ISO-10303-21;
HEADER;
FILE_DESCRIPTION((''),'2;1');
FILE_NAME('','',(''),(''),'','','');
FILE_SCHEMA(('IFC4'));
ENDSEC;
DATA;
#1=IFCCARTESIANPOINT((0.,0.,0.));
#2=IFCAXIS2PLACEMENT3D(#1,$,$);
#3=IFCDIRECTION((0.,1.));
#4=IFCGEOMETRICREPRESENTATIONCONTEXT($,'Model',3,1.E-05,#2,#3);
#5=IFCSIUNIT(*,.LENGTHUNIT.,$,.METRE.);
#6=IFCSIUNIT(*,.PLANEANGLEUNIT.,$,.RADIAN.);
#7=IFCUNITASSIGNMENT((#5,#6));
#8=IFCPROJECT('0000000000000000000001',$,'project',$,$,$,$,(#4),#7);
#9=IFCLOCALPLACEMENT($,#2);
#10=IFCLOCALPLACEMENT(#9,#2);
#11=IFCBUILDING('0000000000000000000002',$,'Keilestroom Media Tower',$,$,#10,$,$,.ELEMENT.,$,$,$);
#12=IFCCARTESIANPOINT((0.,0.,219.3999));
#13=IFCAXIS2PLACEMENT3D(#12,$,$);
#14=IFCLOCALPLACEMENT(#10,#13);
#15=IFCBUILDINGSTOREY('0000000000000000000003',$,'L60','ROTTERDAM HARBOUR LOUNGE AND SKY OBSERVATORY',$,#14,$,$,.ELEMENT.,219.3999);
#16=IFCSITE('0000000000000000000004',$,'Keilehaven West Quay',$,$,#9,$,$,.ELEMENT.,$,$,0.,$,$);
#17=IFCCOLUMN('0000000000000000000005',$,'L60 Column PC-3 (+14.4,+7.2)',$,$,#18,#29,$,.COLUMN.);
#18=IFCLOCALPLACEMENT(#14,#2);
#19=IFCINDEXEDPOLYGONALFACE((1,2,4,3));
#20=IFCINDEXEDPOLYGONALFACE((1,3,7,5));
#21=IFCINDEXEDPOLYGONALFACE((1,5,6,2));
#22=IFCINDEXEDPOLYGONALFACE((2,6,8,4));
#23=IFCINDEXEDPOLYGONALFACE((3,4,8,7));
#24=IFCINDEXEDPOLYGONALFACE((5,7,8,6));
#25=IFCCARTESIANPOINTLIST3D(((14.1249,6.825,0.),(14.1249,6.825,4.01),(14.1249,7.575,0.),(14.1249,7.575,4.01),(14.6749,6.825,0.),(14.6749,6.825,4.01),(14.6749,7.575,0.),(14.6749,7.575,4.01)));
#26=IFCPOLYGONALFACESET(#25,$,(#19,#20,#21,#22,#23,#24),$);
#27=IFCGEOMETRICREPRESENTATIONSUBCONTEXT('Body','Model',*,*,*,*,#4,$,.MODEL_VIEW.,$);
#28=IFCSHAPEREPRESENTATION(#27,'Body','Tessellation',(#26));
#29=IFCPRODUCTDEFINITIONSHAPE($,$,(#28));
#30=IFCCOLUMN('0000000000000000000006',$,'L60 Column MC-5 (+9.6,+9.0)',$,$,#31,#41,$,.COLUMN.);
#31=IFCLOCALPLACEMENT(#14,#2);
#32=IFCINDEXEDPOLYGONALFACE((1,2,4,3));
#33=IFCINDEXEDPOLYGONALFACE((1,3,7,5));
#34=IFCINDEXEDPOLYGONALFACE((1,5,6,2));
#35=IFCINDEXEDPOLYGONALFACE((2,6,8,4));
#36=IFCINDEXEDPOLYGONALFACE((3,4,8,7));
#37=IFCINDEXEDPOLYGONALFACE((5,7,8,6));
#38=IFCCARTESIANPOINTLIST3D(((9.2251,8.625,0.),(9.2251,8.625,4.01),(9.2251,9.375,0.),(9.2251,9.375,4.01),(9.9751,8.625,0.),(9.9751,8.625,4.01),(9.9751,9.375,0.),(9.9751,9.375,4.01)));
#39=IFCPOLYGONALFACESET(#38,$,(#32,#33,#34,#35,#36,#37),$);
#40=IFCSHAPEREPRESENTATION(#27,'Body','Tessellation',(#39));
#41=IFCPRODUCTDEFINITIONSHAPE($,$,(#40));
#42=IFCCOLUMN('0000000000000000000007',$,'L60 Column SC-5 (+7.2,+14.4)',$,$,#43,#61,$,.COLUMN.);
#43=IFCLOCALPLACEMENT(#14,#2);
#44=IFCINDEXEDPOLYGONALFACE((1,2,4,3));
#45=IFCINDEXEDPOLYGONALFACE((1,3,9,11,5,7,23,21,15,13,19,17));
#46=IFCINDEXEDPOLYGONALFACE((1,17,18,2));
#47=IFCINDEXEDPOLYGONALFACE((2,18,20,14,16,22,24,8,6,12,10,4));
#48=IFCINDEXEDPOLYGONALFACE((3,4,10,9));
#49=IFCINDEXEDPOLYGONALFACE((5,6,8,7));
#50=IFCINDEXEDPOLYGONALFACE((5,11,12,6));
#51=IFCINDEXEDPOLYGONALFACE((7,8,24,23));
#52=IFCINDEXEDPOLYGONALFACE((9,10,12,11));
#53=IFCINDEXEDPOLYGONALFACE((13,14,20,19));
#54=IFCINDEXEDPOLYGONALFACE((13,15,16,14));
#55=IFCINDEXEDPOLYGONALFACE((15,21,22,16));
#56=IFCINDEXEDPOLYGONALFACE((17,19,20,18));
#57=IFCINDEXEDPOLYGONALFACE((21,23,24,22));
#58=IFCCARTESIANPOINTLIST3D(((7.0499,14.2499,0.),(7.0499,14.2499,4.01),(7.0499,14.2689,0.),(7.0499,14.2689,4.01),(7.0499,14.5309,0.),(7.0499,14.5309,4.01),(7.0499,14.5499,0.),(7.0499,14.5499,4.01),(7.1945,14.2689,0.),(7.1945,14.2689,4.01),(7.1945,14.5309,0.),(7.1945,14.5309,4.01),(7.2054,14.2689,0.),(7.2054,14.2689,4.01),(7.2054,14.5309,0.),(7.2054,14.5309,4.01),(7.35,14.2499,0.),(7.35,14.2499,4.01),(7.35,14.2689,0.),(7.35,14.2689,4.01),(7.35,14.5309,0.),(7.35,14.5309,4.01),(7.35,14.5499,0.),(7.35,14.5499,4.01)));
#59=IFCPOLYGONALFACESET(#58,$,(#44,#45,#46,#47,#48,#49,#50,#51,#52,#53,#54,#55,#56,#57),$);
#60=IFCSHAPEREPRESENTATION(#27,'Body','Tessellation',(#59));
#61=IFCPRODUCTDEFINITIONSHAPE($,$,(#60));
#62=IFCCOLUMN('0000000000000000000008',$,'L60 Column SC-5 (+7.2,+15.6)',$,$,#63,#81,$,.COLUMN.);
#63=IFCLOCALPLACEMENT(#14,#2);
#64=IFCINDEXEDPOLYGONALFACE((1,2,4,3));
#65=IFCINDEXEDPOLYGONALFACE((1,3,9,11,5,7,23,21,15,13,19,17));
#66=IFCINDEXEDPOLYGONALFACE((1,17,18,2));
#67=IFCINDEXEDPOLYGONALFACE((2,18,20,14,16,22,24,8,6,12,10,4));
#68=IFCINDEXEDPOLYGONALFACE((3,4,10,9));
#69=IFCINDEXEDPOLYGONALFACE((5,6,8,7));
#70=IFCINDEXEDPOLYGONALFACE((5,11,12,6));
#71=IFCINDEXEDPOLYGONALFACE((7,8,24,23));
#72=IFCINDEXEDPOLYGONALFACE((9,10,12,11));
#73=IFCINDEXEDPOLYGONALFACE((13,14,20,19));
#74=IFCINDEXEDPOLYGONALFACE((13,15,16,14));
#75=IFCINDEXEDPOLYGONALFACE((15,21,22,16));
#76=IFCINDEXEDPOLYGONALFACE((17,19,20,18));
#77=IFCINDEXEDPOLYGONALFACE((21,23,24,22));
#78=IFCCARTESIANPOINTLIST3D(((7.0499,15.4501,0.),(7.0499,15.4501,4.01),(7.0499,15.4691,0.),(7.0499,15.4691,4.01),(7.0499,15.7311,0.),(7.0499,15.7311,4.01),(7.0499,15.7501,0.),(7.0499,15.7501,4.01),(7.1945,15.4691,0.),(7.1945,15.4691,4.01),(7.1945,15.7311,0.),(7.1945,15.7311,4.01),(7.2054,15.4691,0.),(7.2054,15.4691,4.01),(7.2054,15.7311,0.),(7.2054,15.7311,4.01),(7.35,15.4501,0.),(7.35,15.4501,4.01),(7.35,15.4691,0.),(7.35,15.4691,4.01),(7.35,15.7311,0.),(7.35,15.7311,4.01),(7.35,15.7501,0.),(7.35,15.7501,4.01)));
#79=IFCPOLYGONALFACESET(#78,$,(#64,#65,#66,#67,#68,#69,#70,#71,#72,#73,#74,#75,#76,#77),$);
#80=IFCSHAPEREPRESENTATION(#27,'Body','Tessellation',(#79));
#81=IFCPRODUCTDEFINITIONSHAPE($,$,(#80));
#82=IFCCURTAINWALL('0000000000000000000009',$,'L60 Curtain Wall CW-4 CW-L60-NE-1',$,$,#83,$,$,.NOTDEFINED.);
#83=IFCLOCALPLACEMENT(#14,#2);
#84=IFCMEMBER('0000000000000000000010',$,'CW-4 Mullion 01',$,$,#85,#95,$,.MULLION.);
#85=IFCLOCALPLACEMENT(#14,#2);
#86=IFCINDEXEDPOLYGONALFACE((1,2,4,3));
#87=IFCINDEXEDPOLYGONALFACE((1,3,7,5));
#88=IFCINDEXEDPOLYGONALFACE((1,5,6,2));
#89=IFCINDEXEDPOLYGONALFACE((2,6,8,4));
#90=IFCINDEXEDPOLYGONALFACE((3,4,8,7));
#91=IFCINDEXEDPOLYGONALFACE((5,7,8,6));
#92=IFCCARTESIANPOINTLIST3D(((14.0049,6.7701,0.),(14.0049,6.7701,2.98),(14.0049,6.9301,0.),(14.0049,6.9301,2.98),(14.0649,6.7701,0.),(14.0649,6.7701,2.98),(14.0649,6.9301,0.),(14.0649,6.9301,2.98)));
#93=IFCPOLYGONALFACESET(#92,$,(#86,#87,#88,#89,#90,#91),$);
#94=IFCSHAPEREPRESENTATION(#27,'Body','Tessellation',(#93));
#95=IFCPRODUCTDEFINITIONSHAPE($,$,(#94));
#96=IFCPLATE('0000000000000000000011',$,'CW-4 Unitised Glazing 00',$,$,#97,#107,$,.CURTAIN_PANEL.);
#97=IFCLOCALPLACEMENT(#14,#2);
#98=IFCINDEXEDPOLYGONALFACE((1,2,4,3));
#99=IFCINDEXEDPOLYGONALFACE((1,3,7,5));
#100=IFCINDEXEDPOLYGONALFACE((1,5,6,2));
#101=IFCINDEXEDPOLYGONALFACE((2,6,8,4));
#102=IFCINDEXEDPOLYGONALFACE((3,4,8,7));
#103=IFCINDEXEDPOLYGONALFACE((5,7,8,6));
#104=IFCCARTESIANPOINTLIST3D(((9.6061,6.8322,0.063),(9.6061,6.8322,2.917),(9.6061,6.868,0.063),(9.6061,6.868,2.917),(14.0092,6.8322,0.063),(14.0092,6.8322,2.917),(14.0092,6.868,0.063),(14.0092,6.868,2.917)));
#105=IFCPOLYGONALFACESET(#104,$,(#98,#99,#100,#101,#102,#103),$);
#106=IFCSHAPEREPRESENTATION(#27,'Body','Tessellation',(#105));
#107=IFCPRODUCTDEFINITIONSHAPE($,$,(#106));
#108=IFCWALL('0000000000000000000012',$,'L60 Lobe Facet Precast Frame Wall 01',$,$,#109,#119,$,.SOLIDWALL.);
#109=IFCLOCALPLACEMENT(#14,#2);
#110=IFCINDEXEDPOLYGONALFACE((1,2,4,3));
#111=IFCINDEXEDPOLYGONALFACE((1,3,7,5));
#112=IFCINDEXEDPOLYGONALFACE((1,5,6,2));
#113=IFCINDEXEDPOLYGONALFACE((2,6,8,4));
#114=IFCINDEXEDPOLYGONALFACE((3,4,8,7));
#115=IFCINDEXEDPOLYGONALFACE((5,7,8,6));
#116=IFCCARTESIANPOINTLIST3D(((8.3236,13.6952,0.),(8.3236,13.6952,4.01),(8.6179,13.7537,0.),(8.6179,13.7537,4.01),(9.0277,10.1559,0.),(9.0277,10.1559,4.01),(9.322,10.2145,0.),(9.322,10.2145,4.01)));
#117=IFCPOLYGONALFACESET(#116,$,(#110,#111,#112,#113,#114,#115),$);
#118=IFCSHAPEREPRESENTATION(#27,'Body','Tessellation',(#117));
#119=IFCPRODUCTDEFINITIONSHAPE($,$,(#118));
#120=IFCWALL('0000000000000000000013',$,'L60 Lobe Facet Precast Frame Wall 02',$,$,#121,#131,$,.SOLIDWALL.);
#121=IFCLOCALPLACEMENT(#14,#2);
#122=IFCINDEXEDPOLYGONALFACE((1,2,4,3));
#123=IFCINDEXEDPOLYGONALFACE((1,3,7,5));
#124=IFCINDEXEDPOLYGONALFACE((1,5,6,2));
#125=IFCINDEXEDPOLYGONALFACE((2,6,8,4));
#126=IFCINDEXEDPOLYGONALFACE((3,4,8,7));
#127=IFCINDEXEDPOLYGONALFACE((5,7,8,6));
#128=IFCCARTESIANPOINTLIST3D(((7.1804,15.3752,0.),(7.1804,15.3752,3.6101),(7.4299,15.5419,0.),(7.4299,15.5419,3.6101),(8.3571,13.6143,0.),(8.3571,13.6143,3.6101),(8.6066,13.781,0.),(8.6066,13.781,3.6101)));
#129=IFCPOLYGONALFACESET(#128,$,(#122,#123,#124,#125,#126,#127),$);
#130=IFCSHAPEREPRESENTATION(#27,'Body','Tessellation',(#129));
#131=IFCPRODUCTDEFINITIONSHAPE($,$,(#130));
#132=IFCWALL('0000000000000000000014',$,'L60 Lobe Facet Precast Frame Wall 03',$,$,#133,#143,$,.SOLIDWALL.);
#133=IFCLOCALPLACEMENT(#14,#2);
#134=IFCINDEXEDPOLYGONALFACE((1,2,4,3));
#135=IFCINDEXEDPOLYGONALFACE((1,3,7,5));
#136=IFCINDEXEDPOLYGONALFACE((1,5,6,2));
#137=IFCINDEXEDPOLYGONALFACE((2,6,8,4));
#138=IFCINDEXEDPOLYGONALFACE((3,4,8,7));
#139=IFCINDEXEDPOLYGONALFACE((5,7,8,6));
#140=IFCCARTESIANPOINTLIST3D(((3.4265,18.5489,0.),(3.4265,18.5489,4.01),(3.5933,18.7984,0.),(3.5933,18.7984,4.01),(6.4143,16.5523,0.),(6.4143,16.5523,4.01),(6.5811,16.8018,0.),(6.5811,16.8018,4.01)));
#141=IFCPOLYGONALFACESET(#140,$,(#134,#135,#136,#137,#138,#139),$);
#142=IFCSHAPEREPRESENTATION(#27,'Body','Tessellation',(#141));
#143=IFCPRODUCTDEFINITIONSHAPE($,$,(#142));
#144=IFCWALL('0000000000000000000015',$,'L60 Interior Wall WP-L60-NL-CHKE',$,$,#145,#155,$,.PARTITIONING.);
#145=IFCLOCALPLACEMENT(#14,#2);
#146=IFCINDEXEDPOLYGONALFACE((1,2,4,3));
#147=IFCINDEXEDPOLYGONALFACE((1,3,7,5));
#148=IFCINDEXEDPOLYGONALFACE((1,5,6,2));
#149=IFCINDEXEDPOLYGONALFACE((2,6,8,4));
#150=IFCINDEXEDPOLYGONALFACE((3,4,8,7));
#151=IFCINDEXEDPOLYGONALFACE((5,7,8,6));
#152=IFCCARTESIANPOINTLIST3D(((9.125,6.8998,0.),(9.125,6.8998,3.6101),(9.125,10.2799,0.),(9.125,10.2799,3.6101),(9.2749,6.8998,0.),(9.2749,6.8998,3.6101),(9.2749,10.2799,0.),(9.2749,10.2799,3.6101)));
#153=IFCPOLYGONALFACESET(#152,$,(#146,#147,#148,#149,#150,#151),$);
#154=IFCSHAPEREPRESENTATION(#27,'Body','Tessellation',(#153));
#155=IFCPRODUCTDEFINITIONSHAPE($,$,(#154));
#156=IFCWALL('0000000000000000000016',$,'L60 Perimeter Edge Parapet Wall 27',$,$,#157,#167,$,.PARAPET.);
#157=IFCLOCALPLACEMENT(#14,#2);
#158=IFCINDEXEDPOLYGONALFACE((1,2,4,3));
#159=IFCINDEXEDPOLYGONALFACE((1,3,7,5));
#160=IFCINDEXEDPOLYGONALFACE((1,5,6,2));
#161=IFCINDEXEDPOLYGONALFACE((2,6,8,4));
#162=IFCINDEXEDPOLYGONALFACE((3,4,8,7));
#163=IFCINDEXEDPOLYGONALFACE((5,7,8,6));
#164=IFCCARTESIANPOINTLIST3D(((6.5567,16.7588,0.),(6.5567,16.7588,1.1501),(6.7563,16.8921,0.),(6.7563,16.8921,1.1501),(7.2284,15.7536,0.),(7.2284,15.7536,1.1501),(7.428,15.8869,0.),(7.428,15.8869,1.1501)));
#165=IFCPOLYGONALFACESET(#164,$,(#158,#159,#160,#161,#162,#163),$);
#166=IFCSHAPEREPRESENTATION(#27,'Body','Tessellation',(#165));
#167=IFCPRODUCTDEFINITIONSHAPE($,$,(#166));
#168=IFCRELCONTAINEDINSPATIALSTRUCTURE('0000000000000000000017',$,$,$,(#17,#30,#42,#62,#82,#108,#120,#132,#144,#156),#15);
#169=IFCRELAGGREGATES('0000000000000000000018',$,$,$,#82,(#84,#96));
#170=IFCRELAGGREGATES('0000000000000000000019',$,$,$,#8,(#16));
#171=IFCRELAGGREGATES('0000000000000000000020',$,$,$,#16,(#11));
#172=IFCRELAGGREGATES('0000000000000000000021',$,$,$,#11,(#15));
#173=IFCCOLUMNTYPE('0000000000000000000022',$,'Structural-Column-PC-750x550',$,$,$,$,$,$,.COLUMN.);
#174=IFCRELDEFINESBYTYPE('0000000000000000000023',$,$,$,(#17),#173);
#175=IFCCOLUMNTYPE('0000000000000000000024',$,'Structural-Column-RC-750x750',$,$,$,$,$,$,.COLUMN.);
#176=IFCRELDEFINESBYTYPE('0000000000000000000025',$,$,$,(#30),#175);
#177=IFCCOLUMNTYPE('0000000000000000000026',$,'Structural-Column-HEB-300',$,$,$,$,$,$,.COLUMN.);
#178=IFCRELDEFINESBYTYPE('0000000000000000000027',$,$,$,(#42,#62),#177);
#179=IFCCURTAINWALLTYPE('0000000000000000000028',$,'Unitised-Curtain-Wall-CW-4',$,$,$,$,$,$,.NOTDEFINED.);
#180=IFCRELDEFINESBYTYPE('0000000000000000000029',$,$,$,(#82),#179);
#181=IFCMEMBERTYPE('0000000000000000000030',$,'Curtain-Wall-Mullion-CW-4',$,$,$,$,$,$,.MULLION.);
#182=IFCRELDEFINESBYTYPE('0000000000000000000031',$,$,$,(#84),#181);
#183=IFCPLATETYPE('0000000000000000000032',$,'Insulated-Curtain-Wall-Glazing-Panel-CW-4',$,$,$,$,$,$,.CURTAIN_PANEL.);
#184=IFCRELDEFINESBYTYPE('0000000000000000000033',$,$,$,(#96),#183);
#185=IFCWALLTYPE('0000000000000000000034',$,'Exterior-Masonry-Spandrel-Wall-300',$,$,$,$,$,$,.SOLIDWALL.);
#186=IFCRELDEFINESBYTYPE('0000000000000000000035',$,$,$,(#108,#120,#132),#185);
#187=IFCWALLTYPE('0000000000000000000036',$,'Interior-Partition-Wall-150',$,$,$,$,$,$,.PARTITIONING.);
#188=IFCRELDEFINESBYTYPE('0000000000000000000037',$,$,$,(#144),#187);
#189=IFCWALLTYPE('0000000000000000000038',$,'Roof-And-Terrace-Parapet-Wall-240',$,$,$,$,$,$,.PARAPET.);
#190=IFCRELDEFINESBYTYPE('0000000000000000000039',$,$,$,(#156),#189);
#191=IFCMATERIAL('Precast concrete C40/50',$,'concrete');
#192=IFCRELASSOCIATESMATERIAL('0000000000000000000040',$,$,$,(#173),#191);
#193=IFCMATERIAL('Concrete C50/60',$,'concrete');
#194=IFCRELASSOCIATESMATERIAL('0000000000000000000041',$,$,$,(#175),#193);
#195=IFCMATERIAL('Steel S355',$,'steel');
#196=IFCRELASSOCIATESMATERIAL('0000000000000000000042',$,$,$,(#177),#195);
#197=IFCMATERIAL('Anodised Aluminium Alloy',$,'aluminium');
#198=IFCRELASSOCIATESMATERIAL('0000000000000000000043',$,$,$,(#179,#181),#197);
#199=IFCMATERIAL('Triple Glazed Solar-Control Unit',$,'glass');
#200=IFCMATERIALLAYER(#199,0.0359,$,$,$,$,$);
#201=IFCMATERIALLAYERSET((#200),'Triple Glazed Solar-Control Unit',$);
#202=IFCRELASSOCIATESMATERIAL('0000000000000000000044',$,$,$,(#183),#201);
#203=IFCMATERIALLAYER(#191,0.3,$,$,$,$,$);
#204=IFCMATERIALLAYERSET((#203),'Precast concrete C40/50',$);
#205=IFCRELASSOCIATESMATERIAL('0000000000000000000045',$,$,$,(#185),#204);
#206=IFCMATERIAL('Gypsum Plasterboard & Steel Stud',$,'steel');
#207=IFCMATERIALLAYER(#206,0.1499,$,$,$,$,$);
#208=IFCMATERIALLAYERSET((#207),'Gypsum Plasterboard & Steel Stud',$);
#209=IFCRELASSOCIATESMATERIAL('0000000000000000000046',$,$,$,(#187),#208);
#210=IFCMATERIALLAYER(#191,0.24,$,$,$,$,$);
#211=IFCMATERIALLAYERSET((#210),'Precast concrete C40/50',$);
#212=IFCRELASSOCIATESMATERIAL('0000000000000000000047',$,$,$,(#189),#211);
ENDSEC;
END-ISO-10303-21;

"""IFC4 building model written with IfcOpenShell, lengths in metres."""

from ifc_helpers import new_model, si_unit, direction, frame, frame_2d, origin, origin_2d, place, context, subcontext, project, spatial, rectangle, i_section, extrude, source, transform, mapped, material, layer, layer_set, material_profile, profile_set, type_object, element, aggregate, save


model = new_model("IFC4")

# Units and contexts
model_context = context("Model", 3, precision=1e-05, world=origin(), true_north=direction((0.0, 1.0)))
body_context = subcontext(model_context, "Body", "Model", "MODEL_VIEW")
ifc_project = project(units=[si_unit("LENGTHUNIT", "METRE"), si_unit("PLANEANGLEUNIT", "RADIAN")], contexts=[model_context])

# Site, building, storey
site_placement = place(None, origin())
site = spatial("IfcSite", under=ifc_project, at=site_placement, Name="Keilehaven West Quay", CompositionType="ELEMENT", RefElevation=0.0)
building_placement = place(site_placement, origin())
building = spatial("IfcBuilding", under=site, at=building_placement, Name="Keilestroom Media Tower", CompositionType="ELEMENT")
storey_placement = place(building_placement, frame((0.0, 0.0, 219.3999)))
storey = spatial("IfcBuildingStorey", under=building, at=storey_placement, Name="L60", Description="ROTTERDAM HARBOUR LOUNGE AND SKY OBSERVATORY", CompositionType="ELEMENT", Elevation=219.3999)

# Columns
ifc_material_1 = material(Name="Precast concrete C40/50", Category="concrete")
ifc_material_profile_1 = material_profile(ifc_material_1, rectangle(XDim=0.55, YDim=0.75, at=origin_2d()), Name="PC 750x550")
ifc_profile_set_1 = profile_set([ifc_material_profile_1], Name="Precast concrete C40/50")
column_type_1 = type_object("IfcColumnType", Name="Structural-Column-PC-750x550", PredefinedType="COLUMN", material=ifc_profile_set_1)
shared_shape_1 = source(origin(), body_context, "Body", "SweptSolid", [
    extrude(rectangle(XDim=0.55, YDim=0.75, at=origin_2d()), origin(), (0.0, 0.0, 1.0), 4.01),
])
column_1_placement = place(storey_placement, frame((14.3999, 7.2, 0.0), z_axis=(0.0, 0.0, 1.0), x_axis=(1.0, 0.0, 0.0)))
element("IfcColumn", 1, at=column_1_placement, inside=storey, type_object=column_type_1, Name="L60 Column PC-3 (+14.4,+7.2)", PredefinedType="COLUMN", context=body_context, shape_type="MappedRepresentation", body=[
    mapped(shared_shape_1, transform((0.0, 0.0, 0.0), x_axis=(1.0, 0.0, 0.0), y_axis=(0.0, 1.0, 0.0), z_axis=(0.0, 0.0, 1.0), scale=1.0)),
])
ifc_material_2 = material(Name="Concrete C50/60", Category="concrete")
ifc_material_profile_2 = material_profile(ifc_material_2, rectangle(XDim=0.75, YDim=0.75, at=origin_2d()), Name="RC 750x750")
ifc_profile_set_2 = profile_set([ifc_material_profile_2], Name="Concrete C50/60")
column_type_2 = type_object("IfcColumnType", Name="Structural-Column-RC-750x750", PredefinedType="COLUMN", material=ifc_profile_set_2)
shared_shape_2 = source(origin(), body_context, "Body", "SweptSolid", [
    extrude(rectangle(XDim=0.75, YDim=0.75, at=origin_2d()), origin(), (0.0, 0.0, 1.0), 4.01),
])
column_2_placement = place(storey_placement, frame((9.6001, 9.0, 0.0), z_axis=(0.0, 0.0, 1.0), x_axis=(1.0, 0.0, 0.0)))
element("IfcColumn", 2, at=column_2_placement, inside=storey, type_object=column_type_2, Name="L60 Column MC-5 (+9.6,+9.0)", PredefinedType="COLUMN", context=body_context, shape_type="MappedRepresentation", body=[
    mapped(shared_shape_2, transform((0.0, 0.0, 0.0), x_axis=(1.0, 0.0, 0.0), y_axis=(0.0, 1.0, 0.0), z_axis=(0.0, 0.0, 1.0), scale=1.0)),
])
ifc_material_3 = material(Name="Steel S355", Category="steel")
ifc_material_profile_3 = material_profile(ifc_material_3, i_section(OverallWidth=0.3, OverallDepth=0.3, WebThickness=0.011, FlangeThickness=0.019, at=origin_2d()), Name="HEB 300")
ifc_profile_set_3 = profile_set([ifc_material_profile_3], Name="Steel S355")
column_type_3 = type_object("IfcColumnType", Name="Structural-Column-HEB-300", PredefinedType="COLUMN", material=ifc_profile_set_3)
shared_shape_3 = source(origin(), body_context, "Body", "SweptSolid", [
    extrude(i_section(OverallWidth=0.3, OverallDepth=0.3, WebThickness=0.011, FlangeThickness=0.019, at=origin_2d()), origin(), (0.0, 0.0, 1.0), 4.01),
])
for number, where, z_axis, x_axis, name in (
    (3, (7.2, 14.3999, 0.0), (0.0, 0.0, 1.0), (1.0, 0.0, 0.0), "L60 Column SC-5 (+7.2,+14.4)"),
    (4, (7.2, 15.6001, 0.0), (0.0, 0.0, 1.0), (1.0, 0.0, 0.0), "L60 Column SC-5 (+7.2,+15.6)"),
):
    element("IfcColumn", number, at=place(storey_placement, frame(where, z_axis=z_axis, x_axis=x_axis)), inside=storey, type_object=column_type_3, Name=name, PredefinedType="COLUMN", context=body_context, shape_type="MappedRepresentation", body=[
        mapped(shared_shape_3, transform((0.0, 0.0, 0.0), x_axis=(1.0, 0.0, 0.0), y_axis=(0.0, 1.0, 0.0), z_axis=(0.0, 0.0, 1.0), scale=1.0)),
    ])

# Curtain wall, member, plate
ifc_material_4 = material(Name="Anodised Aluminium Alloy", Category="aluminium")
curtain_wall_type = type_object("IfcCurtainWallType", Name="Unitised-Curtain-Wall-CW-4", PredefinedType="NOTDEFINED", material=ifc_material_4)
curtain_wall_placement = place(storey_placement, origin())
curtain_wall = element("IfcCurtainWall", 5, at=curtain_wall_placement, inside=storey, type_object=curtain_wall_type, Name="L60 Curtain Wall CW-4 CW-L60-NE-1", PredefinedType="NOTDEFINED")
ifc_material_profile_4 = material_profile(ifc_material_4, rectangle(XDim=0.0601, YDim=0.1599, at=origin_2d()), Name="ALU MULLION 60x160")
ifc_profile_set_4 = profile_set([ifc_material_profile_4], Name="Anodised Aluminium Alloy")
member_type = type_object("IfcMemberType", Name="Curtain-Wall-Mullion-CW-4", PredefinedType="MULLION", material=ifc_profile_set_4)
shared_shape_4 = source(origin(), body_context, "Body", "SweptSolid", [
    extrude(rectangle(XDim=0.0601, YDim=0.1599, at=origin_2d()), origin(), (0.0, 0.0, 1.0), 2.98),
])
member_placement = place(storey_placement, frame((14.0349, 6.8501, 0.0), z_axis=(0.0, 0.0, 1.0), x_axis=(1.0, 0.0, 0.0)))
member = element("IfcMember", 6, at=member_placement, type_object=member_type, Name="CW-4 Mullion 01", PredefinedType="MULLION", context=body_context, shape_type="MappedRepresentation", body=[
    mapped(shared_shape_4, transform((0.0, 0.0, 0.0), x_axis=(1.0, 0.0, 0.0), y_axis=(0.0, 1.0, 0.0), z_axis=(0.0, 0.0, 1.0), scale=1.0)),
])
ifc_material_5 = material(Name="Triple Glazed Solar-Control Unit", Category="glass")
ifc_layer_1 = layer(ifc_material_5, 0.0359)
ifc_layer_set_1 = layer_set([ifc_layer_1], Name="Triple Glazed Solar-Control Unit")
plate_type = type_object("IfcPlateType", Name="Insulated-Curtain-Wall-Glazing-Panel-CW-4", PredefinedType="CURTAIN_PANEL", material=ifc_layer_set_1)
shared_shape_5 = source(origin(), body_context, "Body", "SweptSolid", [
    extrude(rectangle(XDim=4.4031, YDim=0.0359, at=origin_2d()), origin(), (0.0, 0.0, 1.0), 2.854),
])
plate_placement = place(storey_placement, frame((11.8076, 6.8501, 0.063), z_axis=(0.0, 0.0, 1.0), x_axis=(1.0, 0.0, 0.0)))
plate = element("IfcPlate", 7, at=plate_placement, type_object=plate_type, Name="CW-4 Unitised Glazing 00", PredefinedType="CURTAIN_PANEL", context=body_context, shape_type="MappedRepresentation", body=[
    mapped(shared_shape_5, transform((0.0, 0.0, 0.0), x_axis=(1.0, 0.0, 0.0), y_axis=(0.0, 1.0, 0.0), z_axis=(0.0, 0.0, 1.0), scale=1.0)),
])
aggregate(curtain_wall, [member, plate])

# Walls
ifc_layer_2 = layer(ifc_material_1, 0.3)
ifc_layer_set_2 = layer_set([ifc_layer_2], Name="Precast concrete C40/50")
wall_type_1 = type_object("IfcWallType", Name="Exterior-Masonry-Spandrel-Wall-300", PredefinedType="SOLIDWALL", material=ifc_layer_set_2)
wall_1_placement = place(storey_placement, frame((9.1748, 10.1853, 0.0), z_axis=(0.0, 0.0, 1.0), x_axis=(-0.195114, 0.980781, 0.0)))
element("IfcWall", 8, at=wall_1_placement, inside=storey, type_object=wall_type_1, Name="L60 Lobe Facet Precast Frame Wall 01", PredefinedType="SOLIDWALL", context=body_context, shape_type="SweptSolid", body=[
    extrude(rectangle(XDim=3.6086, YDim=0.3, at=frame_2d((1.8042, 0.0))), origin(), (0.0, 0.0, 1.0), 4.01),
])
wall_2_placement = place(storey_placement, frame((8.4819, 13.6975, 0.0), z_axis=(0.0, 0.0, 1.0), x_axis=(-0.555604, 0.831447, 0.0)))
element("IfcWall", 9, at=wall_2_placement, inside=storey, type_object=wall_type_1, Name="L60 Lobe Facet Precast Frame Wall 02", PredefinedType="SOLIDWALL", context=body_context, shape_type="SweptSolid", body=[
    extrude(rectangle(XDim=2.1179, YDim=0.3, at=frame_2d((1.0591, 0.0))), origin(), (0.0, 0.0, 1.0), 3.6101),
])
wall_3_placement = place(storey_placement, frame((6.4978, 16.677, 0.0), z_axis=(0.0, 0.0, 1.0), x_axis=(-0.831444, 0.555609, 0.0)))
element("IfcWall", 10, at=wall_3_placement, inside=storey, type_object=wall_type_1, Name="L60 Lobe Facet Precast Frame Wall 03", PredefinedType="SOLIDWALL", context=body_context, shape_type="SweptSolid", body=[
    extrude(rectangle(XDim=3.5935, YDim=0.3, at=frame_2d((1.7969, 0.0))), origin(), (0.0, 0.0, 1.0), 4.01),
])
ifc_material_6 = material(Name="Gypsum Plasterboard & Steel Stud", Category="steel")
ifc_layer_3 = layer(ifc_material_6, 0.1499)
ifc_layer_set_3 = layer_set([ifc_layer_3], Name="Gypsum Plasterboard & Steel Stud")
wall_type_2 = type_object("IfcWallType", Name="Interior-Partition-Wall-150", PredefinedType="PARTITIONING", material=ifc_layer_set_3)
wall_4_placement = place(storey_placement, frame((9.2, 6.8999, 0.0), z_axis=(0.0, 0.0, 1.0), x_axis=(0.0, 1.0, 0.0)))
element("IfcWall", 11, at=wall_4_placement, inside=storey, type_object=wall_type_2, Name="L60 Interior Wall WP-L60-NL-CHKE", PredefinedType="PARTITIONING", context=body_context, shape_type="SweptSolid", body=[
    extrude(rectangle(XDim=3.3801, YDim=0.1499, at=frame_2d((1.6899, 0.0))), origin(), (0.0, 0.0, 1.0), 3.6101),
])
ifc_layer_4 = layer(ifc_material_1, 0.24)
ifc_layer_set_4 = layer_set([ifc_layer_4], Name="Precast concrete C40/50")
wall_type_3 = type_object("IfcWallType", Name="Roof-And-Terrace-Parapet-Wall-240", PredefinedType="PARAPET", material=ifc_layer_set_4)
wall_5_placement = place(storey_placement, frame((6.6565, 16.8254, 0.0), z_axis=(0.0, 0.0, 1.0), x_axis=(0.555585, -0.831459, 0.0)))
element("IfcWall", 12, at=wall_5_placement, inside=storey, type_object=wall_type_3, Name="L60 Perimeter Edge Parapet Wall 27", PredefinedType="PARAPET", context=body_context, shape_type="SweptSolid", body=[
    extrude(rectangle(XDim=1.209, YDim=0.24, at=frame_2d((0.6045, 0.0))), origin(), (0.0, 0.0, 1.0), 1.1501),
])

save(model, "model.ifc")
